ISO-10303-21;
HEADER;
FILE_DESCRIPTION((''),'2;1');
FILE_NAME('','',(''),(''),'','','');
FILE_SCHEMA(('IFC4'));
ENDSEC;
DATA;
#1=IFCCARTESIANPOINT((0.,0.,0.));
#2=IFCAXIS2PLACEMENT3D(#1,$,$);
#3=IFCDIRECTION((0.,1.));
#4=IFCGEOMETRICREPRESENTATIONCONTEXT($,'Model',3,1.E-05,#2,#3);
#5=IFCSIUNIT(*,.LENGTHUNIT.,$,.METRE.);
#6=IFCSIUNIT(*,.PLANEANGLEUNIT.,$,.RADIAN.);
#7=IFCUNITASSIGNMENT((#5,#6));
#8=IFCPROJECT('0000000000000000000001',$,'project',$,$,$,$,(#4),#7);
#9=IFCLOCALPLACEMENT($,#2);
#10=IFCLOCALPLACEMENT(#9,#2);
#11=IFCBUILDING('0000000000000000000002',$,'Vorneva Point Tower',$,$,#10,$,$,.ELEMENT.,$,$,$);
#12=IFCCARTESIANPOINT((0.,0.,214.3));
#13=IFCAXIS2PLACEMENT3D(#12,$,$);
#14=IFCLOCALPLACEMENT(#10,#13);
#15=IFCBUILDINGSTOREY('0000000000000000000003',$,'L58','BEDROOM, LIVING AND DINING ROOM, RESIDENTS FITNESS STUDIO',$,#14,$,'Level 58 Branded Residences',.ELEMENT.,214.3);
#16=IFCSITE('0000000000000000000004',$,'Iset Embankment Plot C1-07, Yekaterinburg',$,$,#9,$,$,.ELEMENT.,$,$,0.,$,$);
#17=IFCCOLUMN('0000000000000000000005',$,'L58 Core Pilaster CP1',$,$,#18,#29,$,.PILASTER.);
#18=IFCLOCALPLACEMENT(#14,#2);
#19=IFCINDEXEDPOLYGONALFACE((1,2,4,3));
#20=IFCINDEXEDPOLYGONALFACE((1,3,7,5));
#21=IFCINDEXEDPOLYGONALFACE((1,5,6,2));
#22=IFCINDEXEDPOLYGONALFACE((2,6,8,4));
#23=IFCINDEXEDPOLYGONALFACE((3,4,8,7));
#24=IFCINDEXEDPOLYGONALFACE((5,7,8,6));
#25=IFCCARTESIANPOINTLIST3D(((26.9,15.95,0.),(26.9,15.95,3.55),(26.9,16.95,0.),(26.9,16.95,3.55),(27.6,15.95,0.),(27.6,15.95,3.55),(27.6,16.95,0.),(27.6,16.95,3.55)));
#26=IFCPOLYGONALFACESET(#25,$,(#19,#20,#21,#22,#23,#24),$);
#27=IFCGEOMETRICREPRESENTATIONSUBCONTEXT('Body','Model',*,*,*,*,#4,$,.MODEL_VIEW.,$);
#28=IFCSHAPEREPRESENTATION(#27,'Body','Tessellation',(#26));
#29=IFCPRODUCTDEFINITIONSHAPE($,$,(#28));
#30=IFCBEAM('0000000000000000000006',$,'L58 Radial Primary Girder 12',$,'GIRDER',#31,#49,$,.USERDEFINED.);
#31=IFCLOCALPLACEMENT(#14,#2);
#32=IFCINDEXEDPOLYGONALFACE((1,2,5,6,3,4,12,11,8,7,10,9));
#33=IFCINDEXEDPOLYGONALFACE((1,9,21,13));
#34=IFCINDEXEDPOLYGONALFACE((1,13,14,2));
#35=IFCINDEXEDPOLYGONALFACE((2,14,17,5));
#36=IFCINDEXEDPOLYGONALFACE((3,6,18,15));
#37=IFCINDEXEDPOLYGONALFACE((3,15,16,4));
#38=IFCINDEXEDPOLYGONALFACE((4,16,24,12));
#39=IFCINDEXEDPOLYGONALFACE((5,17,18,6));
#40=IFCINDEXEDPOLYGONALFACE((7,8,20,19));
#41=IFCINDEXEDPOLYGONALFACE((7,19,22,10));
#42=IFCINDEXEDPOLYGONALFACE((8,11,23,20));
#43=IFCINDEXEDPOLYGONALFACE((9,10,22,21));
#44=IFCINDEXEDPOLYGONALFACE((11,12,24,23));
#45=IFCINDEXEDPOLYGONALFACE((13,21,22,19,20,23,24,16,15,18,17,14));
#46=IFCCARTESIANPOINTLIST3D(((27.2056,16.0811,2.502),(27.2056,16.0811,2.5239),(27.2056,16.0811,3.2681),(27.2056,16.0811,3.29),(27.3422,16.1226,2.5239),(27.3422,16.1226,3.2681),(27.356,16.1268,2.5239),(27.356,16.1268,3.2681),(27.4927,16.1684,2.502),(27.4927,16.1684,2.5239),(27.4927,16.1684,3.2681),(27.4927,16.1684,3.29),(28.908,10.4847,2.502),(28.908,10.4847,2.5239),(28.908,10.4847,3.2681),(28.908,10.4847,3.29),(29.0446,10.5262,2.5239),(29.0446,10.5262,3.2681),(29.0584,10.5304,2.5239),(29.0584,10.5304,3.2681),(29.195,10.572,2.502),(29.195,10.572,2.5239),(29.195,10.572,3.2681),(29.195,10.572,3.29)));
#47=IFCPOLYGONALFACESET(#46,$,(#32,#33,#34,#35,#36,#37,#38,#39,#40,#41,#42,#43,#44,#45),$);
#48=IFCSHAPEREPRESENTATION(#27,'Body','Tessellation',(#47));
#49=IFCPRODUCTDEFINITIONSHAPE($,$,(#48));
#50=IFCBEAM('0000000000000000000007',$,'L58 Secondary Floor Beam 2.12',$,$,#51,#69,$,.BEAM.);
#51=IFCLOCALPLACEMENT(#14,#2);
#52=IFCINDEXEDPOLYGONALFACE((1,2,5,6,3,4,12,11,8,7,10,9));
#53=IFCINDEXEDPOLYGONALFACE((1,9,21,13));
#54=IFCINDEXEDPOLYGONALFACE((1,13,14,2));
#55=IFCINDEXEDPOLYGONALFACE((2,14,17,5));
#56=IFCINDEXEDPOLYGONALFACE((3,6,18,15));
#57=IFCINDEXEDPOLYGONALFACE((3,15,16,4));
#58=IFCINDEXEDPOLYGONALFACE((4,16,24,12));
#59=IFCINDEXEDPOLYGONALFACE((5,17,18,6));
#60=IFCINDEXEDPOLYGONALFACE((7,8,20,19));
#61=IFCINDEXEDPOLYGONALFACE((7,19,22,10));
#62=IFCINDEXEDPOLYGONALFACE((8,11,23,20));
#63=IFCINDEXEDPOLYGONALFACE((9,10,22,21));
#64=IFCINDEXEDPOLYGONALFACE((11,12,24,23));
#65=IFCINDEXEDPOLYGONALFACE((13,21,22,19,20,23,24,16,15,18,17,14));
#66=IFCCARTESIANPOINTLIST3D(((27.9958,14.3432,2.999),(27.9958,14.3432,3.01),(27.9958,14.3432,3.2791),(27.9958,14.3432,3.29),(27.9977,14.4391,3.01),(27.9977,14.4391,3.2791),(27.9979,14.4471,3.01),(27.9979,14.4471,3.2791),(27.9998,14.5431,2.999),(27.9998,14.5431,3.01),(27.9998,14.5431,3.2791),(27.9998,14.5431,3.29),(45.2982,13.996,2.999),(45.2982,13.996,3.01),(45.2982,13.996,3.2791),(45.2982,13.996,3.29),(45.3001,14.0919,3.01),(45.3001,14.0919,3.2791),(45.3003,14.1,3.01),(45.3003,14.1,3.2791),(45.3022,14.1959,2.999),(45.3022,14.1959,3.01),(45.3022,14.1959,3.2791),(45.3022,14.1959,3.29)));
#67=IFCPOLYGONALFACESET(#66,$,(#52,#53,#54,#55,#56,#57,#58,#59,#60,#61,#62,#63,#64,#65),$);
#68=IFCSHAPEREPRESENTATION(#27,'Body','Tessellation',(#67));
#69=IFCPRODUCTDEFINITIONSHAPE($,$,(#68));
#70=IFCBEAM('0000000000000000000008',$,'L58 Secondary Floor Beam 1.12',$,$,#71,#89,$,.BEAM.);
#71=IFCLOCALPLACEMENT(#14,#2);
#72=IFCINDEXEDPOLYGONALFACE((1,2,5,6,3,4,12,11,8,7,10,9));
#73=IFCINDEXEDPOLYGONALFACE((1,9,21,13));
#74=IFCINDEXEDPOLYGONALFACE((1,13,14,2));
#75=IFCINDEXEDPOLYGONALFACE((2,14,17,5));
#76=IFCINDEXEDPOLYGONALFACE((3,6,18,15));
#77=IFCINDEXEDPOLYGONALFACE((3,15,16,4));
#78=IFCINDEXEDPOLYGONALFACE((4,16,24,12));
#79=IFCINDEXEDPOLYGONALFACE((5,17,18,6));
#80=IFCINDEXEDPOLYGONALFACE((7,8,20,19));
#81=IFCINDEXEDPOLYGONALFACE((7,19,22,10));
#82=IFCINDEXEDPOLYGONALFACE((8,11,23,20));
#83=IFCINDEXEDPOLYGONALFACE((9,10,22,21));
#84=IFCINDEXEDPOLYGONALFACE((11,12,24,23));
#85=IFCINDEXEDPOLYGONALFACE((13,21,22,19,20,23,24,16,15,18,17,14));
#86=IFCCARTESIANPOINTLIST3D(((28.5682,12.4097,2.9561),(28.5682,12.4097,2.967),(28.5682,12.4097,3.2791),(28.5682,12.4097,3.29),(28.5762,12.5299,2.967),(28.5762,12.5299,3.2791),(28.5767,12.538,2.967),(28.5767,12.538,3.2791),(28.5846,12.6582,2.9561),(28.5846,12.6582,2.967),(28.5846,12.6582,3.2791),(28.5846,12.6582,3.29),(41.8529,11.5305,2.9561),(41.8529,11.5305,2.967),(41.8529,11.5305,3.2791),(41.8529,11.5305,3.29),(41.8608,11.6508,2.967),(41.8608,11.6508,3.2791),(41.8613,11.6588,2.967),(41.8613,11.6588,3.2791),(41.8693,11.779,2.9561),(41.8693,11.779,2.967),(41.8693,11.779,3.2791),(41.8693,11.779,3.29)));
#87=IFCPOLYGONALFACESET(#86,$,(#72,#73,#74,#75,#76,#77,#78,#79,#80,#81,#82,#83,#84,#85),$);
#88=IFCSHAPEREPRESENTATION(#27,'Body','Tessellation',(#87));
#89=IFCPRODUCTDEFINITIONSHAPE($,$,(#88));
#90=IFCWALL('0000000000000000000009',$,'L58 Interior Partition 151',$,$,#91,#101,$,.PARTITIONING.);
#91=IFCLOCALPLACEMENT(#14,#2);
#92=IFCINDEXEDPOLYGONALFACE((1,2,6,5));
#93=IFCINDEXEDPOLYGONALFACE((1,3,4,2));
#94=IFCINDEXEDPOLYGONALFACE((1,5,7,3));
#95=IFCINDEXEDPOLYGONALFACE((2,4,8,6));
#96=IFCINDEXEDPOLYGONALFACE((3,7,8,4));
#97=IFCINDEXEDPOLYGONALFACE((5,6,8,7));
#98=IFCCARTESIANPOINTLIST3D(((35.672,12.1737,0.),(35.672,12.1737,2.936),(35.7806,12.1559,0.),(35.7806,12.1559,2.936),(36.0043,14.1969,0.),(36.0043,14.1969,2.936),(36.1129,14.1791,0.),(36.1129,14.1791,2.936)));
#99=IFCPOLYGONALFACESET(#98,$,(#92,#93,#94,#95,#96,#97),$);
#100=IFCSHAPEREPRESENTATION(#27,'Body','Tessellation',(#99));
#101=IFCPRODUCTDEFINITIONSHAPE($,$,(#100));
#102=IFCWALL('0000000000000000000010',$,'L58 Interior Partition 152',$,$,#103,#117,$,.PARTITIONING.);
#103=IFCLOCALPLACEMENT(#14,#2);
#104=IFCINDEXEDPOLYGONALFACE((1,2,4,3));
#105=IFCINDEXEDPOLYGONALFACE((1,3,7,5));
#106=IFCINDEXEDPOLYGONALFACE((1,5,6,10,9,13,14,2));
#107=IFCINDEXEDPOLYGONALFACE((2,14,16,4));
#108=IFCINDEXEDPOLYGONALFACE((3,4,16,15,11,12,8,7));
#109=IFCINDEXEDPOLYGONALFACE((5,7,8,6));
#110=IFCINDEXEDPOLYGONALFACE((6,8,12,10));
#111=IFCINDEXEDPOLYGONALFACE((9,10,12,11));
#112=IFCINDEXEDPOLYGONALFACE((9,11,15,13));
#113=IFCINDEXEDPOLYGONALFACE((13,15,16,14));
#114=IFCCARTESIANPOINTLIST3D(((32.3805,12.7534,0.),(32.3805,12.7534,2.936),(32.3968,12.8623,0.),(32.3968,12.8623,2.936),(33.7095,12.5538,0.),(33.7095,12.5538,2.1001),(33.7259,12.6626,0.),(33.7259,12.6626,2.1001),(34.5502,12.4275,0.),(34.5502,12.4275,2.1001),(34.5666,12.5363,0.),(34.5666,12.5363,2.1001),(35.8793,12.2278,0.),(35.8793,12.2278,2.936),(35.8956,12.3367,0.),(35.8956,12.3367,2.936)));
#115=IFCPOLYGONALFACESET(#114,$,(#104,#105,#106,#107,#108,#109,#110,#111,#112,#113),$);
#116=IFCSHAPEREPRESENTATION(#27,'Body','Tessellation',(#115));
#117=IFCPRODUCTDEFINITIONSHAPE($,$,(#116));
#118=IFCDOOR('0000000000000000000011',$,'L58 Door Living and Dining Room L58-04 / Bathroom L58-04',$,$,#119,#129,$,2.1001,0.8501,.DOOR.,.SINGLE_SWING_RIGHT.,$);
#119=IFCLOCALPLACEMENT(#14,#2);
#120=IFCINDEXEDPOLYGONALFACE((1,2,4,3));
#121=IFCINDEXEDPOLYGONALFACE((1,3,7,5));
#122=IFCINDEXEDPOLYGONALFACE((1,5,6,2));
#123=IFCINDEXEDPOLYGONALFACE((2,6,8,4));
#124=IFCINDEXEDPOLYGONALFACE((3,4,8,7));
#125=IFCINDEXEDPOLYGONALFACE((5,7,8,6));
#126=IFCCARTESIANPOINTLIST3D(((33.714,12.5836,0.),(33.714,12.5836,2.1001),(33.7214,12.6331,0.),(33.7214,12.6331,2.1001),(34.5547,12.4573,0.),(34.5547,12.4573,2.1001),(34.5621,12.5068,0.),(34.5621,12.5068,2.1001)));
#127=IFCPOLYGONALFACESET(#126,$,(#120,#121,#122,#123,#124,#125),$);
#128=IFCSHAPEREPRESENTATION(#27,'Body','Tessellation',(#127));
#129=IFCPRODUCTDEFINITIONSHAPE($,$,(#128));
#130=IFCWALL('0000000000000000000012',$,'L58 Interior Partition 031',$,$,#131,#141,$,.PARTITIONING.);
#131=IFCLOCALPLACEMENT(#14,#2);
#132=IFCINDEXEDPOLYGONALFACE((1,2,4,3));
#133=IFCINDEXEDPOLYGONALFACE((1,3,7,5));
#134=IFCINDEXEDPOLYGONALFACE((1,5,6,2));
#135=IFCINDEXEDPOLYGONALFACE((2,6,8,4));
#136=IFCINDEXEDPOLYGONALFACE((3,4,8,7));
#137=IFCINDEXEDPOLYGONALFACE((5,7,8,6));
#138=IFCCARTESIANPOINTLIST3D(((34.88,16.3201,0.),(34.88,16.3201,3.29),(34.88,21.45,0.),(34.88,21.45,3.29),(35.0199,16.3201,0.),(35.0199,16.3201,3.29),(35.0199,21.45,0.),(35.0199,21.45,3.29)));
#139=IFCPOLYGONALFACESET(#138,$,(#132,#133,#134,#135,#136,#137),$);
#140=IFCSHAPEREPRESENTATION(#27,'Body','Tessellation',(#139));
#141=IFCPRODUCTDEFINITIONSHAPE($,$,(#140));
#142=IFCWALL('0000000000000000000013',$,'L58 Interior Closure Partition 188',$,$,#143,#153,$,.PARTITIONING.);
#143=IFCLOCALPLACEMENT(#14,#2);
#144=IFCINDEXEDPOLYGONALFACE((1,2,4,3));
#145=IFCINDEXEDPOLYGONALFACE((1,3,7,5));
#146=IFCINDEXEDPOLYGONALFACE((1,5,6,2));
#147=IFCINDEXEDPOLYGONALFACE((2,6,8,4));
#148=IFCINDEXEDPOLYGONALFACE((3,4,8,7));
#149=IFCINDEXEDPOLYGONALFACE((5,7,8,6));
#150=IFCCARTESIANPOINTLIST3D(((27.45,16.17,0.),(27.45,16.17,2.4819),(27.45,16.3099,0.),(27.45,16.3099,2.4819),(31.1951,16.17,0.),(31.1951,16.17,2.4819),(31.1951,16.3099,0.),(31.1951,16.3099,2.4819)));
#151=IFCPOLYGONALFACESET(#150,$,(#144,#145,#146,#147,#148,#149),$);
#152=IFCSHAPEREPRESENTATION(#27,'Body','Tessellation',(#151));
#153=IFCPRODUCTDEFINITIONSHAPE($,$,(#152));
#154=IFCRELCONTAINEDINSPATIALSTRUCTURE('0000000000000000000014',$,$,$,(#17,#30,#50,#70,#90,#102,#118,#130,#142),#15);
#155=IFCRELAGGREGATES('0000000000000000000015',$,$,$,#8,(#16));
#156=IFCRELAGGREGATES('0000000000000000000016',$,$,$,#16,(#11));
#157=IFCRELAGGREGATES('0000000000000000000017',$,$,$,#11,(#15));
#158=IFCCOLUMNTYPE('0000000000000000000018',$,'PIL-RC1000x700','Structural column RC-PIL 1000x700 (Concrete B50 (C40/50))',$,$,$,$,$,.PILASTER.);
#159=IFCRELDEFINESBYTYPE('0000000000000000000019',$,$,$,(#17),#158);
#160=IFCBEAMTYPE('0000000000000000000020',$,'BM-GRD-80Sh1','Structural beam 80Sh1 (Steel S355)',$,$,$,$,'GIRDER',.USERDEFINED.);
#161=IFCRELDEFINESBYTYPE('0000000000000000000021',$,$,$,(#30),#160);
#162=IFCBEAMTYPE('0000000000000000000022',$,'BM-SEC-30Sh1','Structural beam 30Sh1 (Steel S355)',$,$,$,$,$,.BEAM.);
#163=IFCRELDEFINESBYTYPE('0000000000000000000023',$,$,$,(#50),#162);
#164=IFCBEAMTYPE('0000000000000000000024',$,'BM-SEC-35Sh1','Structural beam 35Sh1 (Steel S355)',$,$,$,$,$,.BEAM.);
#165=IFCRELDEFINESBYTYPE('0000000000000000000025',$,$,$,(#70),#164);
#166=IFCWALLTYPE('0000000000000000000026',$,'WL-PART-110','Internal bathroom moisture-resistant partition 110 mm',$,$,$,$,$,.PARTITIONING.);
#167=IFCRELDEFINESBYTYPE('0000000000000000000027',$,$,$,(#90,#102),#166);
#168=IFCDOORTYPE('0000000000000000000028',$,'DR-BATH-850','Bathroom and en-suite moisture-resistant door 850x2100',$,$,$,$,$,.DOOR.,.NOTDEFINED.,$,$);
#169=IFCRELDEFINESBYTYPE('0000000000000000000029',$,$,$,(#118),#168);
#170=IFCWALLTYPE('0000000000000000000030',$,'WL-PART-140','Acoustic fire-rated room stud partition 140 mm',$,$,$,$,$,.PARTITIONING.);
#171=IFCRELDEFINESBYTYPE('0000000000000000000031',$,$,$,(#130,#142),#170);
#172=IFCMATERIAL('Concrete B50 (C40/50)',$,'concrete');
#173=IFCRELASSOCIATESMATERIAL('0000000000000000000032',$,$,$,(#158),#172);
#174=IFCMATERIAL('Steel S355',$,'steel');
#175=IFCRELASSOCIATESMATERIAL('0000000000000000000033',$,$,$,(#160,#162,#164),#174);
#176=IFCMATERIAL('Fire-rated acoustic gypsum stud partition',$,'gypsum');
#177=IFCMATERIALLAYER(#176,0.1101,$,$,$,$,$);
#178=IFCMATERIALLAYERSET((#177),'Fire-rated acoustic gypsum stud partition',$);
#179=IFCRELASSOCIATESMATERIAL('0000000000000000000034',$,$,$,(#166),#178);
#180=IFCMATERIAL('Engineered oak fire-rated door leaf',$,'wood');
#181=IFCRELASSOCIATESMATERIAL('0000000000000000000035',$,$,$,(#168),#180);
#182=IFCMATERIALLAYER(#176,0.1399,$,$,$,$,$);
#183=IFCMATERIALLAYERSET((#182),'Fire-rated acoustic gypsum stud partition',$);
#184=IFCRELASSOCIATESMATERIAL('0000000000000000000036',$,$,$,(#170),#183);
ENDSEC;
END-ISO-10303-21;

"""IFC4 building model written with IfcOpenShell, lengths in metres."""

from ifc_helpers import new_model, si_unit, direction, frame, frame_2d, origin, origin_2d, place, context, subcontext, project, spatial, rectangle, i_section, extrude, material, layer, layer_set, material_profile, profile_set, type_object, element, fill, save


model = new_model("IFC4")

# Units and contexts
model_context = context("Model", 3, precision=1e-05, world=origin(), true_north=direction((0.0, 1.0)))
body_context = subcontext(model_context, "Body", "Model", "MODEL_VIEW")
ifc_project = project(units=[si_unit("LENGTHUNIT", "METRE"), si_unit("PLANEANGLEUNIT", "RADIAN")], contexts=[model_context])

# Site, building, storey
site_placement = place(None, origin())
site = spatial("IfcSite", under=ifc_project, at=site_placement, Name="Iset Embankment Plot C1-07, Yekaterinburg", CompositionType="ELEMENT", RefElevation=0.0)
building_placement = place(site_placement, origin())
building = spatial("IfcBuilding", under=site, at=building_placement, Name="Vorneva Point Tower", CompositionType="ELEMENT")
storey_placement = place(building_placement, frame((0.0, 0.0, 214.3)))
storey = spatial("IfcBuildingStorey", under=building, at=storey_placement, Name="L58", Description="BEDROOM, LIVING AND DINING ROOM, RESIDENTS FITNESS STUDIO", LongName="Level 58 Branded Residences", CompositionType="ELEMENT", Elevation=214.3)

# Column
ifc_material_1 = material(Name="Concrete B50 (C40/50)", Category="concrete")
ifc_material_profile_1 = material_profile(ifc_material_1, rectangle(XDim=0.7, YDim=1.0, at=origin_2d()), Name="RC-PIL 1000x700")
ifc_profile_set_1 = profile_set([ifc_material_profile_1], Name="Concrete B50 (C40/50)")
column_type = type_object("IfcColumnType", Name="PIL-RC1000x700", Description="Structural column RC-PIL 1000x700 (Concrete B50 (C40/50))", PredefinedType="PILASTER", material=ifc_profile_set_1)
column_placement = place(storey_placement, frame((27.25, 16.45, 0.0), z_axis=(0.0, 0.0, 1.0), x_axis=(1.0, 0.0, 0.0)))
element("IfcColumn", 1, at=column_placement, inside=storey, type_object=column_type, Name="L58 Core Pilaster CP1", PredefinedType="PILASTER", context=body_context, shape_type="SweptSolid", body=[
    extrude(rectangle(XDim=0.7, YDim=1.0, at=origin_2d()), origin(), (0.0, 0.0, 1.0), 3.55),
])

# Beams
ifc_material_2 = material(Name="Steel S355", Category="steel")
ifc_material_profile_2 = material_profile(ifc_material_2, i_section(OverallWidth=0.3, OverallDepth=0.7881, WebThickness=0.0144, FlangeThickness=0.022, at=origin_2d()), Name="80Sh1")
ifc_profile_set_2 = profile_set([ifc_material_profile_2], Name="Steel S355")
beam_type_1 = type_object("IfcBeamType", Name="BM-GRD-80Sh1", Description="Structural beam 80Sh1 (Steel S355)", ElementType="GIRDER", PredefinedType="USERDEFINED", material=ifc_profile_set_2)
beam_1_placement = place(storey_placement, frame((29.0515, 10.5283, 2.896), z_axis=(-0.291025, 0.956715, 0.0), x_axis=(-0.956715, -0.291025, 0.0)))
element("IfcBeam", 2, at=beam_1_placement, inside=storey, type_object=beam_type_1, Name="L58 Radial Primary Girder 12", ObjectType="GIRDER", PredefinedType="USERDEFINED", context=body_context, shape_type="SweptSolid", body=[
    extrude(i_section(OverallWidth=0.3, OverallDepth=0.7881, WebThickness=0.0144, FlangeThickness=0.022, at=origin_2d()), origin(), (0.0, 0.0, 1.0), 5.8496),
])
ifc_material_profile_3 = material_profile(ifc_material_2, i_section(OverallWidth=0.2, OverallDepth=0.291, WebThickness=0.0081, FlangeThickness=0.011, at=origin_2d()), Name="30Sh1")
ifc_profile_set_3 = profile_set([ifc_material_profile_3], Name="Steel S355")
beam_type_2 = type_object("IfcBeamType", Name="BM-SEC-30Sh1", Description="Structural beam 30Sh1 (Steel S355)", PredefinedType="BEAM", material=ifc_profile_set_3)
beam_2_placement = place(storey_placement, frame((27.9978, 14.4431, 3.1445), z_axis=(0.999799, -0.020061, 0.0), x_axis=(0.020061, 0.999799, 0.0)))
element("IfcBeam", 3, at=beam_2_placement, inside=storey, type_object=beam_type_2, Name="L58 Secondary Floor Beam 2.12", PredefinedType="BEAM", context=body_context, shape_type="SweptSolid", body=[
    extrude(i_section(OverallWidth=0.2, OverallDepth=0.291, WebThickness=0.0081, FlangeThickness=0.011, at=origin_2d()), origin(), (0.0, 0.0, 1.0), 17.3059),
])
ifc_material_profile_4 = material_profile(ifc_material_2, i_section(OverallWidth=0.249, OverallDepth=0.334, WebThickness=0.0081, FlangeThickness=0.011, at=origin_2d()), Name="35Sh1")
ifc_profile_set_4 = profile_set([ifc_material_profile_4], Name="Steel S355")
beam_type_3 = type_object("IfcBeamType", Name="BM-SEC-35Sh1", Description="Structural beam 35Sh1 (Steel S355)", PredefinedType="BEAM", material=ifc_profile_set_4)
beam_3_placement = place(storey_placement, frame((28.5764, 12.5339, 3.123), z_axis=(0.997817, -0.066033, 0.0), x_axis=(0.066033, 0.997817, 0.0)))
element("IfcBeam", 4, at=beam_3_placement, inside=storey, type_object=beam_type_3, Name="L58 Secondary Floor Beam 1.12", PredefinedType="BEAM", context=body_context, shape_type="SweptSolid", body=[
    extrude(i_section(OverallWidth=0.249, OverallDepth=0.334, WebThickness=0.0081, FlangeThickness=0.011, at=origin_2d()), origin(), (0.0, 0.0, 1.0), 13.3137),
])

# Wall
ifc_material_3 = material(Name="Fire-rated acoustic gypsum stud partition", Category="gypsum")
ifc_layer_1 = layer(ifc_material_3, 0.1101)
ifc_layer_set_1 = layer_set([ifc_layer_1], Name="Fire-rated acoustic gypsum stud partition")
wall_type_1 = type_object("IfcWallType", Name="WL-PART-110", Description="Internal bathroom moisture-resistant partition 110 mm", PredefinedType="PARTITIONING", material=ifc_layer_set_1)
wall_1_placement = place(storey_placement, frame((36.0586, 14.188, 0.0), z_axis=(0.0, 0.0, 1.0), x_axis=(-0.162062, -0.986781, 0.0)))
element("IfcWall", 5, at=wall_1_placement, inside=storey, type_object=wall_type_1, Name="L58 Interior Partition 151", PredefinedType="PARTITIONING", context=body_context, shape_type="SweptSolid", body=[
    extrude(rectangle(XDim=2.0503, YDim=0.1101, at=frame_2d((1.0251, 0.0))), origin(), (0.0, 0.0, 1.0), 2.936),
])

# Wall, opening, door
wall_2_placement = place(storey_placement, frame((35.8875, 12.2822, 0.0), z_axis=(0.0, 0.0, 1.0), x_axis=(-0.988902, 0.148567, 0.0)))
wall_2 = element("IfcWall", 6, at=wall_2_placement, inside=storey, type_object=wall_type_1, Name="L58 Interior Partition 152", PredefinedType="PARTITIONING", context=body_context, shape_type="SweptSolid", body=[
    extrude(rectangle(XDim=3.5381, YDim=0.1101, at=frame_2d((1.769, 0.0))), origin(), (0.0, 0.0, 1.0), 2.936),
])
opening_1_placement = place(wall_2_placement, frame((1.344, 0.0, 0.0)))
opening_1 = element("IfcOpeningElement", 7, at=opening_1_placement, cuts=wall_2, PredefinedType="OPENING", context=body_context, shape_type="SweptSolid", body=[
    extrude(rectangle(XDim=0.8501, YDim=2.1001, at=frame_2d((0.425, 1.05))), frame((0.0, 0.0698, 0.0), z_axis=(0.0, -1.0, 0.0), x_axis=(1.0, 0.0, 0.0)), (0.0, 0.0, 1.0), 0.1399),
])
ifc_material_4 = material(Name="Engineered oak fire-rated door leaf", Category="wood")
door_type_1 = type_object("IfcDoorType", Name="DR-BATH-850", Description="Bathroom and en-suite moisture-resistant door 850x2100", OperationType="NOTDEFINED", PredefinedType="DOOR", material=ifc_material_4)
door_1_placement = place(opening_1_placement, origin())
door_1 = element("IfcDoor", 8, at=door_1_placement, inside=storey, type_object=door_type_1, Name="L58 Door Living and Dining Room L58-04 / Bathroom L58-04", OperationType="SINGLE_SWING_RIGHT", OverallHeight=2.1001, OverallWidth=0.8501, PredefinedType="DOOR", context=body_context, shape_type="SweptSolid", body=[
    extrude(rectangle(XDim=0.8501, YDim=2.1001, at=frame_2d((0.425, 1.05))), frame((0.0, 0.0249, 0.0), z_axis=(0.0, -1.0, 0.0), x_axis=(1.0, 0.0, 0.0)), (0.0, 0.0, 1.0), 0.05),
])
fill(opening_1, door_1)

# Walls
ifc_layer_2 = layer(ifc_material_3, 0.1399)
ifc_layer_set_2 = layer_set([ifc_layer_2], Name="Fire-rated acoustic gypsum stud partition")
wall_type_2 = type_object("IfcWallType", Name="WL-PART-140", Description="Acoustic fire-rated room stud partition 140 mm", PredefinedType="PARTITIONING", material=ifc_layer_set_2)
wall_3_placement = place(storey_placement, frame((34.95, 16.3201, 0.0), z_axis=(0.0, 0.0, 1.0), x_axis=(0.0, 1.0, 0.0)))
element("IfcWall", 9, at=wall_3_placement, inside=storey, type_object=wall_type_2, Name="L58 Interior Partition 031", PredefinedType="PARTITIONING", context=body_context, shape_type="SweptSolid", body=[
    extrude(rectangle(XDim=5.1299, YDim=0.1399, at=frame_2d((2.5649, 0.0))), origin(), (0.0, 0.0, 1.0), 3.29),
])
wall_4_placement = place(storey_placement, frame((27.45, 16.24, 0.0), z_axis=(0.0, 0.0, 1.0), x_axis=(1.0, 0.0, 0.0)))
element("IfcWall", 10, at=wall_4_placement, inside=storey, type_object=wall_type_2, Name="L58 Interior Closure Partition 188", PredefinedType="PARTITIONING", context=body_context, shape_type="SweptSolid", body=[
    extrude(rectangle(XDim=3.7451, YDim=0.1399, at=frame_2d((1.8726, 0.0))), origin(), (0.0, 0.0, 1.0), 2.4819),
])

save(model, "model.ifc")
